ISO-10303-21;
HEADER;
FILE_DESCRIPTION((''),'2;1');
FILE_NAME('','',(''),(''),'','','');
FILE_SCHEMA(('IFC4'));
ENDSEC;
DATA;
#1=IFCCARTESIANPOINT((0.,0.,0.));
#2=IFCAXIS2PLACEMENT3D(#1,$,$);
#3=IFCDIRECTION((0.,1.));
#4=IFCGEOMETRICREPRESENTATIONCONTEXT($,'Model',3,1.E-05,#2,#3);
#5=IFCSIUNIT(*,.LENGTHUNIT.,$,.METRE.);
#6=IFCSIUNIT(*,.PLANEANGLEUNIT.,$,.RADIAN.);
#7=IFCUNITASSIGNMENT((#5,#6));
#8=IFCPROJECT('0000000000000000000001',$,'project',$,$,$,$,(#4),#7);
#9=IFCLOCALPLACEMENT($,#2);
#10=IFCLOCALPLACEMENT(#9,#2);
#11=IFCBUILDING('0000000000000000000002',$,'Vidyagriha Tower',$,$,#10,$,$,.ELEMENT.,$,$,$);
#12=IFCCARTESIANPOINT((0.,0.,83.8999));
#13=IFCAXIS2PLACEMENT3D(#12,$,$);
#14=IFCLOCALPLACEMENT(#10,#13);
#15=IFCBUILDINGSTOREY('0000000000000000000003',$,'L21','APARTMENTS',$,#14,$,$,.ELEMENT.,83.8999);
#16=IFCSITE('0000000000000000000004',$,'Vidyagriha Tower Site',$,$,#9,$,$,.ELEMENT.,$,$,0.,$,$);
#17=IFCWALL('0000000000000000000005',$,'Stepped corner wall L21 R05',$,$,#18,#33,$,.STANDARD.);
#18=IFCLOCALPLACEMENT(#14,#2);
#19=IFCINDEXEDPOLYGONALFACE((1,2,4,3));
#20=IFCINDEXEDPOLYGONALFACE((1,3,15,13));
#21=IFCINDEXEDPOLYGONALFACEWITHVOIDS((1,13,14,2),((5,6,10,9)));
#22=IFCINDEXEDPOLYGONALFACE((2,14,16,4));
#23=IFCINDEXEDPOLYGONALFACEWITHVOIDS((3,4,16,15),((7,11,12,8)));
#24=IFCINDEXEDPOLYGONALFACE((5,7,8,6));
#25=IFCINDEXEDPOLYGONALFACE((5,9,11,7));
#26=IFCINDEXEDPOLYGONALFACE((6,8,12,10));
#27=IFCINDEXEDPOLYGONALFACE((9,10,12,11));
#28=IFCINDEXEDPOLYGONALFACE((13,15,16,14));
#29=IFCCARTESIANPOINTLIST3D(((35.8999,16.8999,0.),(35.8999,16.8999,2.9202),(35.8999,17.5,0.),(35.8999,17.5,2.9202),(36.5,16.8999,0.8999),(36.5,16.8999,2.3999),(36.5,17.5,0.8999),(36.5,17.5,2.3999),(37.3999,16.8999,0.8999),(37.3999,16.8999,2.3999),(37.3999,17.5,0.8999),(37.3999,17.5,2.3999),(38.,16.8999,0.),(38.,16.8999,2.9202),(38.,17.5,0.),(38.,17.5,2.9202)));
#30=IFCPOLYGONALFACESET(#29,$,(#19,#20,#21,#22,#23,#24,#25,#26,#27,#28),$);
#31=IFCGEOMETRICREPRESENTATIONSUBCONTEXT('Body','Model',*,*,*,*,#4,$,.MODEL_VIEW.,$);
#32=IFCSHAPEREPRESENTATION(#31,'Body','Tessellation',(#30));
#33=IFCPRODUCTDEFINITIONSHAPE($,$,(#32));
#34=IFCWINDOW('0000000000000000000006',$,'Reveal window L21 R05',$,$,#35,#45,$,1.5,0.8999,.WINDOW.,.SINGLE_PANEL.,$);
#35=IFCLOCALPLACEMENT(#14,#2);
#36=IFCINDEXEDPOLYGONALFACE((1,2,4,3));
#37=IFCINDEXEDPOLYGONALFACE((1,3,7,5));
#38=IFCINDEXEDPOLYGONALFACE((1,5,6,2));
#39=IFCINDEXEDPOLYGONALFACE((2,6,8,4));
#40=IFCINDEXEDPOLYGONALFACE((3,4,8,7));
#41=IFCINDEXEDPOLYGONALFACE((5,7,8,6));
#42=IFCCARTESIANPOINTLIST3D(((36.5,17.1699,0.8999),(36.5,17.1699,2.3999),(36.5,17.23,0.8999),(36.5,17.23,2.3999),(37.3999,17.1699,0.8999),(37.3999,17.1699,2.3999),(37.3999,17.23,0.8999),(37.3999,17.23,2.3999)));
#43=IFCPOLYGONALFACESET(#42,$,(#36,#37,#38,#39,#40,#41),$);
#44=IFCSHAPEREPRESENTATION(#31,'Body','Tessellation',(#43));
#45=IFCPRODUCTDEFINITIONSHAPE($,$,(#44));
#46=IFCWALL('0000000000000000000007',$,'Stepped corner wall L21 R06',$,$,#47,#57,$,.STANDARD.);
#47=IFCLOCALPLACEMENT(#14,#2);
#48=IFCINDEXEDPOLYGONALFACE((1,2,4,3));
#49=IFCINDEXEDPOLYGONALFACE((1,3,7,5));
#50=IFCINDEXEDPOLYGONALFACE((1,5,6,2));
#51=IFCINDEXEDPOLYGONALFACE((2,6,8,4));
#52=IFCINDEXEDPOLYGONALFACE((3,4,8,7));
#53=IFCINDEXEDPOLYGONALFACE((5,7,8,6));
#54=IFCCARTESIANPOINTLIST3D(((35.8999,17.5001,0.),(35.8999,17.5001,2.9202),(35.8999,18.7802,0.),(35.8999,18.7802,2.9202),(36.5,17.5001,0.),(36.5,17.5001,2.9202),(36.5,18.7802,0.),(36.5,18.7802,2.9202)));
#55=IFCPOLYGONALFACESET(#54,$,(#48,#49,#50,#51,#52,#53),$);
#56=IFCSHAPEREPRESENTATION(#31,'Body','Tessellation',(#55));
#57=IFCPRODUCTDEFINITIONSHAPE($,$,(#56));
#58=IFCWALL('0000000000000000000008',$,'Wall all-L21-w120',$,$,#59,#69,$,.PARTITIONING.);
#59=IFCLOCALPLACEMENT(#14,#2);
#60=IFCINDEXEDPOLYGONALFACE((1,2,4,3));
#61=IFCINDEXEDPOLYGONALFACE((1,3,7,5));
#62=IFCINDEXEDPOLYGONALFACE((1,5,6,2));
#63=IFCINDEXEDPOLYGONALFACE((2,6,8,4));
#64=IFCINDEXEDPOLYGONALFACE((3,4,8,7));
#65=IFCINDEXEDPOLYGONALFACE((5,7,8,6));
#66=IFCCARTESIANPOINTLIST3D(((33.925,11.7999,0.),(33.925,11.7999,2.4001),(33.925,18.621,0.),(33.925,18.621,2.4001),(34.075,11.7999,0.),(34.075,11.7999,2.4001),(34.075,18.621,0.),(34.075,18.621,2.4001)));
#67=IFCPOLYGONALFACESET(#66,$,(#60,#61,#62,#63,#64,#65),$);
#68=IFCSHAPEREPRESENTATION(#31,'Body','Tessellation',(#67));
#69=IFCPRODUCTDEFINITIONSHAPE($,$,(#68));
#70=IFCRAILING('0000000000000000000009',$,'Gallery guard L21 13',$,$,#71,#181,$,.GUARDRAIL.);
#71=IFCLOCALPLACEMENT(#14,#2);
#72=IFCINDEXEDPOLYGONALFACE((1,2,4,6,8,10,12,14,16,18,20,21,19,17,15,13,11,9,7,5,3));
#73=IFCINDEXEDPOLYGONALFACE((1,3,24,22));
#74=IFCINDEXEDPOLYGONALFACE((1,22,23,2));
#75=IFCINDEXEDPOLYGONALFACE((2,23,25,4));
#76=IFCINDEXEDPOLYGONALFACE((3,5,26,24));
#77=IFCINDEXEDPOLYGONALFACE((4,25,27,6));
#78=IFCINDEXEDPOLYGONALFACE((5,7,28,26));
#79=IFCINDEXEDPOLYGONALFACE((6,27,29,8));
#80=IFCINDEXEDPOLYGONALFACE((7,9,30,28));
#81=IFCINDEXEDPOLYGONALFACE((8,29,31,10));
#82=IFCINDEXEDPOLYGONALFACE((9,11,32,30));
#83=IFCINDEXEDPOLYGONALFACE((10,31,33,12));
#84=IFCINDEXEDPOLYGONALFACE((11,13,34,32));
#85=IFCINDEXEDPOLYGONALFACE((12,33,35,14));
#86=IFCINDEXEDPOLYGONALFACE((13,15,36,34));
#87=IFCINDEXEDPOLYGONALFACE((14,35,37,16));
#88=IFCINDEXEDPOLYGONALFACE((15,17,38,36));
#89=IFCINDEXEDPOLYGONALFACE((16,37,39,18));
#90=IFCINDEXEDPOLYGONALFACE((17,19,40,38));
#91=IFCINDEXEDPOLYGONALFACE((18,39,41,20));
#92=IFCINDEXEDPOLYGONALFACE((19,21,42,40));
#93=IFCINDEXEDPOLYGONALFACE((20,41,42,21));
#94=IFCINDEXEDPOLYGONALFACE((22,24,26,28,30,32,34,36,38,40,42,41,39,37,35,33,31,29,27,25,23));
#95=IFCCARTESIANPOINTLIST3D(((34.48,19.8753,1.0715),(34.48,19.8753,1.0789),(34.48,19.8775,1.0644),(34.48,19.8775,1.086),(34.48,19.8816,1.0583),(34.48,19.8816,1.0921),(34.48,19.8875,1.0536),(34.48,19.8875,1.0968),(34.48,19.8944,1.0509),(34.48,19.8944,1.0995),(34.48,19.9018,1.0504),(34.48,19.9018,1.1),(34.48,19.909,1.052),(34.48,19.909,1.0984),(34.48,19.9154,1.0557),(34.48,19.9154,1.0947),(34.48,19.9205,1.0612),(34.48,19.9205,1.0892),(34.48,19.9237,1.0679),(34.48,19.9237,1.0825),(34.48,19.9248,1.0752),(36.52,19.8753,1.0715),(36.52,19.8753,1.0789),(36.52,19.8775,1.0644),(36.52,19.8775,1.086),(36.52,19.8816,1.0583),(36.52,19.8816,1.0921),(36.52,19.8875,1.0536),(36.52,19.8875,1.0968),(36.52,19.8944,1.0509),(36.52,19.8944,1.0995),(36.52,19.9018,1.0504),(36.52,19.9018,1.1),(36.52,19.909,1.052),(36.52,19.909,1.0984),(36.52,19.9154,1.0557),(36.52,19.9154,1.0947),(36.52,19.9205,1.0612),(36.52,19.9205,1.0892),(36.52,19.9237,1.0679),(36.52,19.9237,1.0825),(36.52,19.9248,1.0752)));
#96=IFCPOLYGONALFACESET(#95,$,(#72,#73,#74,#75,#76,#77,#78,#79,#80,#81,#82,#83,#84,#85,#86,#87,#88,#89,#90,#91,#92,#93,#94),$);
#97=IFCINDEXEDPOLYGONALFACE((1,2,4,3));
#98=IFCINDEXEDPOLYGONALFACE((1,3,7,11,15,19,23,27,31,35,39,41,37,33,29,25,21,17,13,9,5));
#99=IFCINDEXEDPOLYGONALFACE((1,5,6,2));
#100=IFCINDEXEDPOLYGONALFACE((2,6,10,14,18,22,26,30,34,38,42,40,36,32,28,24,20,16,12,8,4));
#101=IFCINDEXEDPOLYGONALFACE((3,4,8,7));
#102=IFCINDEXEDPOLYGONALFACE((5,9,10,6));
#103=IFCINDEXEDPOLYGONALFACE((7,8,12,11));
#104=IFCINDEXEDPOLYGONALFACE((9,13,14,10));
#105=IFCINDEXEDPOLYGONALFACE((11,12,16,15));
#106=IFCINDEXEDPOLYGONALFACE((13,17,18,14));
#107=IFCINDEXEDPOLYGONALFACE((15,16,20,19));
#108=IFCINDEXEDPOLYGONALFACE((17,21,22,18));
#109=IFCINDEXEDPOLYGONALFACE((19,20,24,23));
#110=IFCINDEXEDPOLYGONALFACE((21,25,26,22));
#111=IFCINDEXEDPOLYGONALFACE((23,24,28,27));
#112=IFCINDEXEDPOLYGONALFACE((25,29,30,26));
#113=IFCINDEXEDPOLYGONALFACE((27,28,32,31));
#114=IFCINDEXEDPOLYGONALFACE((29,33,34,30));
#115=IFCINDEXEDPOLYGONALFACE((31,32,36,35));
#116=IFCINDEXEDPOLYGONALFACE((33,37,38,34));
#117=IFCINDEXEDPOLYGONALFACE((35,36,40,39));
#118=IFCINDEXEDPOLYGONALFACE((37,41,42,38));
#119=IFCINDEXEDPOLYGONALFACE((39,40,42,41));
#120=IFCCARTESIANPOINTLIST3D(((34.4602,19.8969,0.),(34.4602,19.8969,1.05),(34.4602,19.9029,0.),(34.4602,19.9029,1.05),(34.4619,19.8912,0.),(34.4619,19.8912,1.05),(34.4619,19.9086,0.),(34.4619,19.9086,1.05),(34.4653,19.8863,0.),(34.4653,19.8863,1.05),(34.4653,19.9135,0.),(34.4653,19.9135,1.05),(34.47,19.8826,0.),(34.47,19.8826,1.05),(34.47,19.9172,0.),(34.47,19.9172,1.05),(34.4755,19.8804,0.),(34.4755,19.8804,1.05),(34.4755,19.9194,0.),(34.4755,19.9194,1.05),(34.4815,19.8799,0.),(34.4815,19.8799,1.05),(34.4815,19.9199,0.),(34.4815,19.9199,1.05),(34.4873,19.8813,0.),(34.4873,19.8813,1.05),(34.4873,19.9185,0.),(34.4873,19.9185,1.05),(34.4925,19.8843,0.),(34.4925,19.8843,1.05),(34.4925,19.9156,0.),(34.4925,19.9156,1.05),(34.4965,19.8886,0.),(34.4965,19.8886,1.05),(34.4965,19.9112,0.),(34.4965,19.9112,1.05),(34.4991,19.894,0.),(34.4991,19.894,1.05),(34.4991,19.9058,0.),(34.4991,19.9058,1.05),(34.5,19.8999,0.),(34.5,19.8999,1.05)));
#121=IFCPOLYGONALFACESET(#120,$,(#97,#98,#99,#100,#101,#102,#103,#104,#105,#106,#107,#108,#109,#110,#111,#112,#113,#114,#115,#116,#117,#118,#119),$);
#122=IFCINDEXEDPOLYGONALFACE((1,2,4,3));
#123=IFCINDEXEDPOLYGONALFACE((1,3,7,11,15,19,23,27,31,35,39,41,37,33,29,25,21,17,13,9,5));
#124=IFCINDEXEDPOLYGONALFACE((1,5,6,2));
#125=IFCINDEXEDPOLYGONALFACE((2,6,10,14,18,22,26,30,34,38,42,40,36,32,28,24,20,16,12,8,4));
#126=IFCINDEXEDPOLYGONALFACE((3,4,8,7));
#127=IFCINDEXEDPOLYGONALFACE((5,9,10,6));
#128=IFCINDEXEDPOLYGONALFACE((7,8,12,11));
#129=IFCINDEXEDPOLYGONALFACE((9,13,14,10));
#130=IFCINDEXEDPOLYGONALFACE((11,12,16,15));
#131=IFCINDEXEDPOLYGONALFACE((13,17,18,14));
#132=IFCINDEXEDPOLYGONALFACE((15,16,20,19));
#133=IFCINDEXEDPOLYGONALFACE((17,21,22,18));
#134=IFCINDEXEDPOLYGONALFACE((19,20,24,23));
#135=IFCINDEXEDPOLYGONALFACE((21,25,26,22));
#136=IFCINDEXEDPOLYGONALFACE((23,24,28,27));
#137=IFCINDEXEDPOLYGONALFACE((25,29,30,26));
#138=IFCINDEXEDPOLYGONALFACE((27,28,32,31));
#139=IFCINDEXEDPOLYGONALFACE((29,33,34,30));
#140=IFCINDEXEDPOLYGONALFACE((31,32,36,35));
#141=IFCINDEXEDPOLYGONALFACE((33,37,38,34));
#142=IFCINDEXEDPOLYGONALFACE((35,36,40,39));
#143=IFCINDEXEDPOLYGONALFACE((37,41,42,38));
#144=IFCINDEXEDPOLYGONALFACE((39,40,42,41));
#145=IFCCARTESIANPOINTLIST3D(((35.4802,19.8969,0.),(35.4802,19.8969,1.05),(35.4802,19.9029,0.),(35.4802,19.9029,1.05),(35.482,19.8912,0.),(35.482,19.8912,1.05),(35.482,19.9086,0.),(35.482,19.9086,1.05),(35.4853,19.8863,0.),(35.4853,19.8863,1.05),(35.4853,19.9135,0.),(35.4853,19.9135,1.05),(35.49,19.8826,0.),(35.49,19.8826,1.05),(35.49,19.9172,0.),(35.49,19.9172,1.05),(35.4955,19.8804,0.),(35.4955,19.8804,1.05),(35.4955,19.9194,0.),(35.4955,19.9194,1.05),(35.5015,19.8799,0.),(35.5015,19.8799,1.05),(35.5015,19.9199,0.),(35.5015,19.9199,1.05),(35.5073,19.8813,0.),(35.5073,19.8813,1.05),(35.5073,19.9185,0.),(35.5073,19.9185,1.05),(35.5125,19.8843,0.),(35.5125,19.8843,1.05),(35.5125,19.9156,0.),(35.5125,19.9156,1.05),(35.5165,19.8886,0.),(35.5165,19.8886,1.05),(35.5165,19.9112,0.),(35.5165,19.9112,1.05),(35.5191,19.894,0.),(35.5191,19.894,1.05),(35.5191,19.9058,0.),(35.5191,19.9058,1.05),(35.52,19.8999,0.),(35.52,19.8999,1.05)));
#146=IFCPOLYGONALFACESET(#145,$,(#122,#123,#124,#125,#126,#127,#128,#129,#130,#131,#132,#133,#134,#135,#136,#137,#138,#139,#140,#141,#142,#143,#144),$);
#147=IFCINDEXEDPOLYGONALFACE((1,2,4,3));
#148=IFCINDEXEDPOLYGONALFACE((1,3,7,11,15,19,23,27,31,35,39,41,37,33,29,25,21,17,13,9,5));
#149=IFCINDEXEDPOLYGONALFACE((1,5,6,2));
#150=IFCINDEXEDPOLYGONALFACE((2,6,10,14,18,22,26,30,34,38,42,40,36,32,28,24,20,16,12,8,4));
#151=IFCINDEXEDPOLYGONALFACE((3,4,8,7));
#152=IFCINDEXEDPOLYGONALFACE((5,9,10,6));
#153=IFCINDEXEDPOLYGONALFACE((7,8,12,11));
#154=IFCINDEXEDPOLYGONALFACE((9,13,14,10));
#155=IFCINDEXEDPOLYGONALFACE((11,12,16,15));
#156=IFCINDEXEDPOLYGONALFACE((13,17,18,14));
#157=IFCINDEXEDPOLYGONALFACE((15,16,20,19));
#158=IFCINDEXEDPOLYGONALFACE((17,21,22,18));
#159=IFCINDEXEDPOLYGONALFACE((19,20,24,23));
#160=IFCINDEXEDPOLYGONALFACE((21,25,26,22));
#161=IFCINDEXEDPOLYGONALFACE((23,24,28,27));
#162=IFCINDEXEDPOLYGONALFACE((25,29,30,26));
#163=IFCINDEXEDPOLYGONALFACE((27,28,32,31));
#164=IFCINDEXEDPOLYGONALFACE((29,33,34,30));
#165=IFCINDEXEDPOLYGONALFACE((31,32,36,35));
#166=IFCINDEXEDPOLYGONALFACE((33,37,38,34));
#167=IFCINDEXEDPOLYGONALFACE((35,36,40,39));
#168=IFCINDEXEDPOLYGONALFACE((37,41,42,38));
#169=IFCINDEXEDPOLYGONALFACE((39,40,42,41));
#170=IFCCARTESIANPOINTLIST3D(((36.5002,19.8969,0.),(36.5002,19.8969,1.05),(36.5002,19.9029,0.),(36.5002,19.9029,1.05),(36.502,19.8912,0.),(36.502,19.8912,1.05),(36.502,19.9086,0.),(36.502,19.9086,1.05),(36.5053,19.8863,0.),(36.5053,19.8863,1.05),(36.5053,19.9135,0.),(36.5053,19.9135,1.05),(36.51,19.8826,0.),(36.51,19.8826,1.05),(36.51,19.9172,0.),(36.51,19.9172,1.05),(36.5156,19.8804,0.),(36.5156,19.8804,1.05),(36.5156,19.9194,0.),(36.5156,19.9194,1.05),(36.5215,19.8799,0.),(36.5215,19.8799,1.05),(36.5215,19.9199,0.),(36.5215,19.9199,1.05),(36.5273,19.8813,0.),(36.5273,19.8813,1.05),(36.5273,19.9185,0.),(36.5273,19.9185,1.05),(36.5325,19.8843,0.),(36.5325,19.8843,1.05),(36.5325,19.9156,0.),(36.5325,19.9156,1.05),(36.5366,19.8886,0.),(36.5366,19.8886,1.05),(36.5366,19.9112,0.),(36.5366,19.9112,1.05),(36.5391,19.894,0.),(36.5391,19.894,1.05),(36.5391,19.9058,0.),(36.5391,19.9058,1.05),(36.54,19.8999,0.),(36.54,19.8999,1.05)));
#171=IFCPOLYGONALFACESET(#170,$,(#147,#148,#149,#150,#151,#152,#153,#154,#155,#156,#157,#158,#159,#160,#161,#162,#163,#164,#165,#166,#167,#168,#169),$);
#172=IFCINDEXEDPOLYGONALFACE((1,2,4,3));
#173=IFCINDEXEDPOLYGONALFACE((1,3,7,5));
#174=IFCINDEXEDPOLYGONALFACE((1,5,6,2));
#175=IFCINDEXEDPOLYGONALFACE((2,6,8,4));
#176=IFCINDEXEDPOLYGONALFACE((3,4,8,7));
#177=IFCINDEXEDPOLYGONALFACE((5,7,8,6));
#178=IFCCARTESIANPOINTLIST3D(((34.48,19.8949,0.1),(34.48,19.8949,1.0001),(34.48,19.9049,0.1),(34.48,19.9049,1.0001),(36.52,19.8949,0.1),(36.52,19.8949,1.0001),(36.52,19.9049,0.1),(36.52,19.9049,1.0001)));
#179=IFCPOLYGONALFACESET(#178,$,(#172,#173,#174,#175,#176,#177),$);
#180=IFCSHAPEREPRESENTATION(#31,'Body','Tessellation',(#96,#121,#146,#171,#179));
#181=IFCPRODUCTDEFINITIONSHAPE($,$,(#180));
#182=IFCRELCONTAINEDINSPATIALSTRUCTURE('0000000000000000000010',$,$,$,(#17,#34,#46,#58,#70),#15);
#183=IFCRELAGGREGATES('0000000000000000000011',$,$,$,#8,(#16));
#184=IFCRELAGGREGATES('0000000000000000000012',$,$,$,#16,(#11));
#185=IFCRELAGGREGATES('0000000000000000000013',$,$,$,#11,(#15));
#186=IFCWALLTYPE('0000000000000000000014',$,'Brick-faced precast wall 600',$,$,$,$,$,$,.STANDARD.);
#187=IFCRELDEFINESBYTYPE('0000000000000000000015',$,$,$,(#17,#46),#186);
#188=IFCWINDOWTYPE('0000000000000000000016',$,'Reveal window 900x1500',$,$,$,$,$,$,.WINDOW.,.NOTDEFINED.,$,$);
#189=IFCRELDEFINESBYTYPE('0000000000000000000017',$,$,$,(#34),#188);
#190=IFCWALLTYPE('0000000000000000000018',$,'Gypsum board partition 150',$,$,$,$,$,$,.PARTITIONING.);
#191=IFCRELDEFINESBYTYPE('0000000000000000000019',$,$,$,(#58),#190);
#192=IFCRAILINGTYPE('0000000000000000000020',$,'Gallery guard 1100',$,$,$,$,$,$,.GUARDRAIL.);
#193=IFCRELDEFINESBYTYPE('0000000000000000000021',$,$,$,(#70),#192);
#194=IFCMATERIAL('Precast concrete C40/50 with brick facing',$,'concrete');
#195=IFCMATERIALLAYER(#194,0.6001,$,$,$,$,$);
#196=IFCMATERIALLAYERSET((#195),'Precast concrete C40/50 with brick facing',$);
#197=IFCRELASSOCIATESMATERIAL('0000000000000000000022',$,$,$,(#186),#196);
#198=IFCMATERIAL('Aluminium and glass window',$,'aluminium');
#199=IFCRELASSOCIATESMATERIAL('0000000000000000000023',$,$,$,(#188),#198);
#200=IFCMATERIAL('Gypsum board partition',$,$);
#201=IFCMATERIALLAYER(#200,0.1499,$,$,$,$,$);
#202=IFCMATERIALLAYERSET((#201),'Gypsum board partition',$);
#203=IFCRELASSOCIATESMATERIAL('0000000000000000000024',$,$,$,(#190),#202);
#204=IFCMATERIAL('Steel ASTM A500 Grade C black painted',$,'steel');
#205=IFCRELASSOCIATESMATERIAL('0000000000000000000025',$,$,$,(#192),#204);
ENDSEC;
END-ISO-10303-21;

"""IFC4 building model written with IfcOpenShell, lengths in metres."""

from ifc_helpers import new_model, si_unit, direction, frame, frame_2d, origin, origin_2d, place, context, subcontext, project, spatial, rectangle, circle, extrude, material, layer, layer_set, type_object, element, fill, save


model = new_model("IFC4")

# Units and contexts
model_context = context("Model", 3, precision=1e-05, world=origin(), true_north=direction((0.0, 1.0)))
body_context = subcontext(model_context, "Body", "Model", "MODEL_VIEW")
ifc_project = project(units=[si_unit("LENGTHUNIT", "METRE"), si_unit("PLANEANGLEUNIT", "RADIAN")], contexts=[model_context])

# Site, building, storey
site_placement = place(None, origin())
site = spatial("IfcSite", under=ifc_project, at=site_placement, Name="Vidyagriha Tower Site", CompositionType="ELEMENT", RefElevation=0.0)
building_placement = place(site_placement, origin())
building = spatial("IfcBuilding", under=site, at=building_placement, Name="Vidyagriha Tower", CompositionType="ELEMENT")
storey_placement = place(building_placement, frame((0.0, 0.0, 83.8999)))
storey = spatial("IfcBuildingStorey", under=building, at=storey_placement, Name="L21", Description="APARTMENTS", CompositionType="ELEMENT", Elevation=83.8999)

# Shared definitions
ifc_material_1 = material(Name="Precast concrete C40/50 with brick facing", Category="concrete")
ifc_layer_1 = layer(ifc_material_1, 0.6001)
ifc_layer_set_1 = layer_set([ifc_layer_1], Name="Precast concrete C40/50 with brick facing")
wall_type_1 = type_object("IfcWallType", Name="Brick-faced precast wall 600", PredefinedType="STANDARD", material=ifc_layer_set_1)
ifc_material_2 = material(Name="Aluminium and glass window", Category="aluminium")
window_type = type_object("IfcWindowType", Name="Reveal window 900x1500", PartitioningType="NOTDEFINED", PredefinedType="WINDOW", material=ifc_material_2)

# Wall, opening, window
wall_1_placement = place(storey_placement, frame((38.0, 17.2, 0.0), z_axis=(0.0, 0.0, 1.0), x_axis=(-1.0, 0.0, 0.0)))
wall_1 = element("IfcWall", 1, at=wall_1_placement, inside=storey, type_object=wall_type_1, Name="Stepped corner wall L21 R05", PredefinedType="STANDARD", context=body_context, shape_type="SweptSolid", body=[
    extrude(rectangle(XDim=2.1001, YDim=0.6001, at=frame_2d((1.05, 0.0))), origin(), (0.0, 0.0, 1.0), 2.9202),
])
opening_1_placement = place(wall_1_placement, frame((0.6001, 0.0, 0.8999)))
opening_1 = element("IfcOpeningElement", 2, at=opening_1_placement, cuts=wall_1, PredefinedType="OPENING", context=body_context, shape_type="SweptSolid", body=[
    extrude(rectangle(XDim=0.8999, YDim=1.5, at=frame_2d((0.45, 0.75))), frame((0.0, 0.3101, 0.0), z_axis=(0.0, -1.0, 0.0), x_axis=(1.0, 0.0, 0.0)), (0.0, 0.0, 1.0), 0.6201),
])
window_1_placement = place(opening_1_placement, origin())
window_1 = element("IfcWindow", 3, at=window_1_placement, inside=storey, type_object=window_type, Name="Reveal window L21 R05", OverallHeight=1.5, OverallWidth=0.8999, PartitioningType="SINGLE_PANEL", PredefinedType="WINDOW", context=body_context, shape_type="SweptSolid", body=[
    extrude(rectangle(XDim=0.8999, YDim=1.5, at=frame_2d((0.45, 0.75))), frame((0.0, 0.03, 0.0), z_axis=(0.0, -1.0, 0.0), x_axis=(1.0, 0.0, 0.0)), (0.0, 0.0, 1.0), 0.0601),
])
fill(opening_1, window_1)

# Walls
wall_2_placement = place(storey_placement, frame((36.2, 17.5, 0.0), z_axis=(0.0, 0.0, 1.0), x_axis=(0.0, 1.0, 0.0)))
element("IfcWall", 4, at=wall_2_placement, inside=storey, type_object=wall_type_1, Name="Stepped corner wall L21 R06", PredefinedType="STANDARD", context=body_context, shape_type="SweptSolid", body=[
    extrude(rectangle(XDim=1.28, YDim=0.6001, at=frame_2d((0.6401, 0.0))), origin(), (0.0, 0.0, 1.0), 2.9202),
])
ifc_material_3 = material(Name="Gypsum board partition")
ifc_layer_2 = layer(ifc_material_3, 0.1499)
ifc_layer_set_2 = layer_set([ifc_layer_2], Name="Gypsum board partition")
wall_type_2 = type_object("IfcWallType", Name="Gypsum board partition 150", PredefinedType="PARTITIONING", material=ifc_layer_set_2)
wall_3_placement = place(storey_placement, frame((34.0, 18.6211, 0.0), z_axis=(0.0, 0.0, 1.0), x_axis=(0.0, -1.0, 0.0)))
element("IfcWall", 5, at=wall_3_placement, inside=storey, type_object=wall_type_2, Name="Wall all-L21-w120", PredefinedType="PARTITIONING", context=body_context, shape_type="SweptSolid", body=[
    extrude(rectangle(XDim=6.821, YDim=0.1499, at=frame_2d((3.4106, 0.0))), origin(), (0.0, 0.0, 1.0), 2.4001),
])

# Railing
ifc_material_4 = material(Name="Steel ASTM A500 Grade C black painted", Category="steel")
railing_type = type_object("IfcRailingType", Name="Gallery guard 1100", PredefinedType="GUARDRAIL", material=ifc_material_4)
railing_1_placement = place(storey_placement, frame((34.48, 19.8999, 0.0)))
element("IfcRailing", 6, at=railing_1_placement, inside=storey, type_object=railing_type, Name="Gallery guard L21 13", PredefinedType="GUARDRAIL", context=body_context, shape_type="SweptSolid", body=[
    extrude(circle(Radius=0.0249, at=origin_2d()), frame((0.0, 0.0, 1.0752), z_axis=(1.0, 0.0, 0.0), x_axis=(0.0, 1.0, 0.0)), (0.0, 0.0, 1.0), 2.04),
    extrude(circle(Radius=0.02, at=origin_2d()), origin(), (0.0, 0.0, 1.0), 1.05),
    extrude(circle(Radius=0.02, at=origin_2d()), frame((1.02, 0.0, 0.0)), (0.0, 0.0, 1.0), 1.05),
    extrude(circle(Radius=0.02, at=origin_2d()), frame((2.04, 0.0, 0.0)), (0.0, 0.0, 1.0), 1.05),
    extrude(rectangle(XDim=0.01, YDim=0.9001, at=origin_2d()), frame((0.0, 0.0, 0.55), z_axis=(1.0, 0.0, 0.0), x_axis=(0.0, 1.0, 0.0)), (0.0, 0.0, 1.0), 2.04),
])

save(model, "model.ifc")
